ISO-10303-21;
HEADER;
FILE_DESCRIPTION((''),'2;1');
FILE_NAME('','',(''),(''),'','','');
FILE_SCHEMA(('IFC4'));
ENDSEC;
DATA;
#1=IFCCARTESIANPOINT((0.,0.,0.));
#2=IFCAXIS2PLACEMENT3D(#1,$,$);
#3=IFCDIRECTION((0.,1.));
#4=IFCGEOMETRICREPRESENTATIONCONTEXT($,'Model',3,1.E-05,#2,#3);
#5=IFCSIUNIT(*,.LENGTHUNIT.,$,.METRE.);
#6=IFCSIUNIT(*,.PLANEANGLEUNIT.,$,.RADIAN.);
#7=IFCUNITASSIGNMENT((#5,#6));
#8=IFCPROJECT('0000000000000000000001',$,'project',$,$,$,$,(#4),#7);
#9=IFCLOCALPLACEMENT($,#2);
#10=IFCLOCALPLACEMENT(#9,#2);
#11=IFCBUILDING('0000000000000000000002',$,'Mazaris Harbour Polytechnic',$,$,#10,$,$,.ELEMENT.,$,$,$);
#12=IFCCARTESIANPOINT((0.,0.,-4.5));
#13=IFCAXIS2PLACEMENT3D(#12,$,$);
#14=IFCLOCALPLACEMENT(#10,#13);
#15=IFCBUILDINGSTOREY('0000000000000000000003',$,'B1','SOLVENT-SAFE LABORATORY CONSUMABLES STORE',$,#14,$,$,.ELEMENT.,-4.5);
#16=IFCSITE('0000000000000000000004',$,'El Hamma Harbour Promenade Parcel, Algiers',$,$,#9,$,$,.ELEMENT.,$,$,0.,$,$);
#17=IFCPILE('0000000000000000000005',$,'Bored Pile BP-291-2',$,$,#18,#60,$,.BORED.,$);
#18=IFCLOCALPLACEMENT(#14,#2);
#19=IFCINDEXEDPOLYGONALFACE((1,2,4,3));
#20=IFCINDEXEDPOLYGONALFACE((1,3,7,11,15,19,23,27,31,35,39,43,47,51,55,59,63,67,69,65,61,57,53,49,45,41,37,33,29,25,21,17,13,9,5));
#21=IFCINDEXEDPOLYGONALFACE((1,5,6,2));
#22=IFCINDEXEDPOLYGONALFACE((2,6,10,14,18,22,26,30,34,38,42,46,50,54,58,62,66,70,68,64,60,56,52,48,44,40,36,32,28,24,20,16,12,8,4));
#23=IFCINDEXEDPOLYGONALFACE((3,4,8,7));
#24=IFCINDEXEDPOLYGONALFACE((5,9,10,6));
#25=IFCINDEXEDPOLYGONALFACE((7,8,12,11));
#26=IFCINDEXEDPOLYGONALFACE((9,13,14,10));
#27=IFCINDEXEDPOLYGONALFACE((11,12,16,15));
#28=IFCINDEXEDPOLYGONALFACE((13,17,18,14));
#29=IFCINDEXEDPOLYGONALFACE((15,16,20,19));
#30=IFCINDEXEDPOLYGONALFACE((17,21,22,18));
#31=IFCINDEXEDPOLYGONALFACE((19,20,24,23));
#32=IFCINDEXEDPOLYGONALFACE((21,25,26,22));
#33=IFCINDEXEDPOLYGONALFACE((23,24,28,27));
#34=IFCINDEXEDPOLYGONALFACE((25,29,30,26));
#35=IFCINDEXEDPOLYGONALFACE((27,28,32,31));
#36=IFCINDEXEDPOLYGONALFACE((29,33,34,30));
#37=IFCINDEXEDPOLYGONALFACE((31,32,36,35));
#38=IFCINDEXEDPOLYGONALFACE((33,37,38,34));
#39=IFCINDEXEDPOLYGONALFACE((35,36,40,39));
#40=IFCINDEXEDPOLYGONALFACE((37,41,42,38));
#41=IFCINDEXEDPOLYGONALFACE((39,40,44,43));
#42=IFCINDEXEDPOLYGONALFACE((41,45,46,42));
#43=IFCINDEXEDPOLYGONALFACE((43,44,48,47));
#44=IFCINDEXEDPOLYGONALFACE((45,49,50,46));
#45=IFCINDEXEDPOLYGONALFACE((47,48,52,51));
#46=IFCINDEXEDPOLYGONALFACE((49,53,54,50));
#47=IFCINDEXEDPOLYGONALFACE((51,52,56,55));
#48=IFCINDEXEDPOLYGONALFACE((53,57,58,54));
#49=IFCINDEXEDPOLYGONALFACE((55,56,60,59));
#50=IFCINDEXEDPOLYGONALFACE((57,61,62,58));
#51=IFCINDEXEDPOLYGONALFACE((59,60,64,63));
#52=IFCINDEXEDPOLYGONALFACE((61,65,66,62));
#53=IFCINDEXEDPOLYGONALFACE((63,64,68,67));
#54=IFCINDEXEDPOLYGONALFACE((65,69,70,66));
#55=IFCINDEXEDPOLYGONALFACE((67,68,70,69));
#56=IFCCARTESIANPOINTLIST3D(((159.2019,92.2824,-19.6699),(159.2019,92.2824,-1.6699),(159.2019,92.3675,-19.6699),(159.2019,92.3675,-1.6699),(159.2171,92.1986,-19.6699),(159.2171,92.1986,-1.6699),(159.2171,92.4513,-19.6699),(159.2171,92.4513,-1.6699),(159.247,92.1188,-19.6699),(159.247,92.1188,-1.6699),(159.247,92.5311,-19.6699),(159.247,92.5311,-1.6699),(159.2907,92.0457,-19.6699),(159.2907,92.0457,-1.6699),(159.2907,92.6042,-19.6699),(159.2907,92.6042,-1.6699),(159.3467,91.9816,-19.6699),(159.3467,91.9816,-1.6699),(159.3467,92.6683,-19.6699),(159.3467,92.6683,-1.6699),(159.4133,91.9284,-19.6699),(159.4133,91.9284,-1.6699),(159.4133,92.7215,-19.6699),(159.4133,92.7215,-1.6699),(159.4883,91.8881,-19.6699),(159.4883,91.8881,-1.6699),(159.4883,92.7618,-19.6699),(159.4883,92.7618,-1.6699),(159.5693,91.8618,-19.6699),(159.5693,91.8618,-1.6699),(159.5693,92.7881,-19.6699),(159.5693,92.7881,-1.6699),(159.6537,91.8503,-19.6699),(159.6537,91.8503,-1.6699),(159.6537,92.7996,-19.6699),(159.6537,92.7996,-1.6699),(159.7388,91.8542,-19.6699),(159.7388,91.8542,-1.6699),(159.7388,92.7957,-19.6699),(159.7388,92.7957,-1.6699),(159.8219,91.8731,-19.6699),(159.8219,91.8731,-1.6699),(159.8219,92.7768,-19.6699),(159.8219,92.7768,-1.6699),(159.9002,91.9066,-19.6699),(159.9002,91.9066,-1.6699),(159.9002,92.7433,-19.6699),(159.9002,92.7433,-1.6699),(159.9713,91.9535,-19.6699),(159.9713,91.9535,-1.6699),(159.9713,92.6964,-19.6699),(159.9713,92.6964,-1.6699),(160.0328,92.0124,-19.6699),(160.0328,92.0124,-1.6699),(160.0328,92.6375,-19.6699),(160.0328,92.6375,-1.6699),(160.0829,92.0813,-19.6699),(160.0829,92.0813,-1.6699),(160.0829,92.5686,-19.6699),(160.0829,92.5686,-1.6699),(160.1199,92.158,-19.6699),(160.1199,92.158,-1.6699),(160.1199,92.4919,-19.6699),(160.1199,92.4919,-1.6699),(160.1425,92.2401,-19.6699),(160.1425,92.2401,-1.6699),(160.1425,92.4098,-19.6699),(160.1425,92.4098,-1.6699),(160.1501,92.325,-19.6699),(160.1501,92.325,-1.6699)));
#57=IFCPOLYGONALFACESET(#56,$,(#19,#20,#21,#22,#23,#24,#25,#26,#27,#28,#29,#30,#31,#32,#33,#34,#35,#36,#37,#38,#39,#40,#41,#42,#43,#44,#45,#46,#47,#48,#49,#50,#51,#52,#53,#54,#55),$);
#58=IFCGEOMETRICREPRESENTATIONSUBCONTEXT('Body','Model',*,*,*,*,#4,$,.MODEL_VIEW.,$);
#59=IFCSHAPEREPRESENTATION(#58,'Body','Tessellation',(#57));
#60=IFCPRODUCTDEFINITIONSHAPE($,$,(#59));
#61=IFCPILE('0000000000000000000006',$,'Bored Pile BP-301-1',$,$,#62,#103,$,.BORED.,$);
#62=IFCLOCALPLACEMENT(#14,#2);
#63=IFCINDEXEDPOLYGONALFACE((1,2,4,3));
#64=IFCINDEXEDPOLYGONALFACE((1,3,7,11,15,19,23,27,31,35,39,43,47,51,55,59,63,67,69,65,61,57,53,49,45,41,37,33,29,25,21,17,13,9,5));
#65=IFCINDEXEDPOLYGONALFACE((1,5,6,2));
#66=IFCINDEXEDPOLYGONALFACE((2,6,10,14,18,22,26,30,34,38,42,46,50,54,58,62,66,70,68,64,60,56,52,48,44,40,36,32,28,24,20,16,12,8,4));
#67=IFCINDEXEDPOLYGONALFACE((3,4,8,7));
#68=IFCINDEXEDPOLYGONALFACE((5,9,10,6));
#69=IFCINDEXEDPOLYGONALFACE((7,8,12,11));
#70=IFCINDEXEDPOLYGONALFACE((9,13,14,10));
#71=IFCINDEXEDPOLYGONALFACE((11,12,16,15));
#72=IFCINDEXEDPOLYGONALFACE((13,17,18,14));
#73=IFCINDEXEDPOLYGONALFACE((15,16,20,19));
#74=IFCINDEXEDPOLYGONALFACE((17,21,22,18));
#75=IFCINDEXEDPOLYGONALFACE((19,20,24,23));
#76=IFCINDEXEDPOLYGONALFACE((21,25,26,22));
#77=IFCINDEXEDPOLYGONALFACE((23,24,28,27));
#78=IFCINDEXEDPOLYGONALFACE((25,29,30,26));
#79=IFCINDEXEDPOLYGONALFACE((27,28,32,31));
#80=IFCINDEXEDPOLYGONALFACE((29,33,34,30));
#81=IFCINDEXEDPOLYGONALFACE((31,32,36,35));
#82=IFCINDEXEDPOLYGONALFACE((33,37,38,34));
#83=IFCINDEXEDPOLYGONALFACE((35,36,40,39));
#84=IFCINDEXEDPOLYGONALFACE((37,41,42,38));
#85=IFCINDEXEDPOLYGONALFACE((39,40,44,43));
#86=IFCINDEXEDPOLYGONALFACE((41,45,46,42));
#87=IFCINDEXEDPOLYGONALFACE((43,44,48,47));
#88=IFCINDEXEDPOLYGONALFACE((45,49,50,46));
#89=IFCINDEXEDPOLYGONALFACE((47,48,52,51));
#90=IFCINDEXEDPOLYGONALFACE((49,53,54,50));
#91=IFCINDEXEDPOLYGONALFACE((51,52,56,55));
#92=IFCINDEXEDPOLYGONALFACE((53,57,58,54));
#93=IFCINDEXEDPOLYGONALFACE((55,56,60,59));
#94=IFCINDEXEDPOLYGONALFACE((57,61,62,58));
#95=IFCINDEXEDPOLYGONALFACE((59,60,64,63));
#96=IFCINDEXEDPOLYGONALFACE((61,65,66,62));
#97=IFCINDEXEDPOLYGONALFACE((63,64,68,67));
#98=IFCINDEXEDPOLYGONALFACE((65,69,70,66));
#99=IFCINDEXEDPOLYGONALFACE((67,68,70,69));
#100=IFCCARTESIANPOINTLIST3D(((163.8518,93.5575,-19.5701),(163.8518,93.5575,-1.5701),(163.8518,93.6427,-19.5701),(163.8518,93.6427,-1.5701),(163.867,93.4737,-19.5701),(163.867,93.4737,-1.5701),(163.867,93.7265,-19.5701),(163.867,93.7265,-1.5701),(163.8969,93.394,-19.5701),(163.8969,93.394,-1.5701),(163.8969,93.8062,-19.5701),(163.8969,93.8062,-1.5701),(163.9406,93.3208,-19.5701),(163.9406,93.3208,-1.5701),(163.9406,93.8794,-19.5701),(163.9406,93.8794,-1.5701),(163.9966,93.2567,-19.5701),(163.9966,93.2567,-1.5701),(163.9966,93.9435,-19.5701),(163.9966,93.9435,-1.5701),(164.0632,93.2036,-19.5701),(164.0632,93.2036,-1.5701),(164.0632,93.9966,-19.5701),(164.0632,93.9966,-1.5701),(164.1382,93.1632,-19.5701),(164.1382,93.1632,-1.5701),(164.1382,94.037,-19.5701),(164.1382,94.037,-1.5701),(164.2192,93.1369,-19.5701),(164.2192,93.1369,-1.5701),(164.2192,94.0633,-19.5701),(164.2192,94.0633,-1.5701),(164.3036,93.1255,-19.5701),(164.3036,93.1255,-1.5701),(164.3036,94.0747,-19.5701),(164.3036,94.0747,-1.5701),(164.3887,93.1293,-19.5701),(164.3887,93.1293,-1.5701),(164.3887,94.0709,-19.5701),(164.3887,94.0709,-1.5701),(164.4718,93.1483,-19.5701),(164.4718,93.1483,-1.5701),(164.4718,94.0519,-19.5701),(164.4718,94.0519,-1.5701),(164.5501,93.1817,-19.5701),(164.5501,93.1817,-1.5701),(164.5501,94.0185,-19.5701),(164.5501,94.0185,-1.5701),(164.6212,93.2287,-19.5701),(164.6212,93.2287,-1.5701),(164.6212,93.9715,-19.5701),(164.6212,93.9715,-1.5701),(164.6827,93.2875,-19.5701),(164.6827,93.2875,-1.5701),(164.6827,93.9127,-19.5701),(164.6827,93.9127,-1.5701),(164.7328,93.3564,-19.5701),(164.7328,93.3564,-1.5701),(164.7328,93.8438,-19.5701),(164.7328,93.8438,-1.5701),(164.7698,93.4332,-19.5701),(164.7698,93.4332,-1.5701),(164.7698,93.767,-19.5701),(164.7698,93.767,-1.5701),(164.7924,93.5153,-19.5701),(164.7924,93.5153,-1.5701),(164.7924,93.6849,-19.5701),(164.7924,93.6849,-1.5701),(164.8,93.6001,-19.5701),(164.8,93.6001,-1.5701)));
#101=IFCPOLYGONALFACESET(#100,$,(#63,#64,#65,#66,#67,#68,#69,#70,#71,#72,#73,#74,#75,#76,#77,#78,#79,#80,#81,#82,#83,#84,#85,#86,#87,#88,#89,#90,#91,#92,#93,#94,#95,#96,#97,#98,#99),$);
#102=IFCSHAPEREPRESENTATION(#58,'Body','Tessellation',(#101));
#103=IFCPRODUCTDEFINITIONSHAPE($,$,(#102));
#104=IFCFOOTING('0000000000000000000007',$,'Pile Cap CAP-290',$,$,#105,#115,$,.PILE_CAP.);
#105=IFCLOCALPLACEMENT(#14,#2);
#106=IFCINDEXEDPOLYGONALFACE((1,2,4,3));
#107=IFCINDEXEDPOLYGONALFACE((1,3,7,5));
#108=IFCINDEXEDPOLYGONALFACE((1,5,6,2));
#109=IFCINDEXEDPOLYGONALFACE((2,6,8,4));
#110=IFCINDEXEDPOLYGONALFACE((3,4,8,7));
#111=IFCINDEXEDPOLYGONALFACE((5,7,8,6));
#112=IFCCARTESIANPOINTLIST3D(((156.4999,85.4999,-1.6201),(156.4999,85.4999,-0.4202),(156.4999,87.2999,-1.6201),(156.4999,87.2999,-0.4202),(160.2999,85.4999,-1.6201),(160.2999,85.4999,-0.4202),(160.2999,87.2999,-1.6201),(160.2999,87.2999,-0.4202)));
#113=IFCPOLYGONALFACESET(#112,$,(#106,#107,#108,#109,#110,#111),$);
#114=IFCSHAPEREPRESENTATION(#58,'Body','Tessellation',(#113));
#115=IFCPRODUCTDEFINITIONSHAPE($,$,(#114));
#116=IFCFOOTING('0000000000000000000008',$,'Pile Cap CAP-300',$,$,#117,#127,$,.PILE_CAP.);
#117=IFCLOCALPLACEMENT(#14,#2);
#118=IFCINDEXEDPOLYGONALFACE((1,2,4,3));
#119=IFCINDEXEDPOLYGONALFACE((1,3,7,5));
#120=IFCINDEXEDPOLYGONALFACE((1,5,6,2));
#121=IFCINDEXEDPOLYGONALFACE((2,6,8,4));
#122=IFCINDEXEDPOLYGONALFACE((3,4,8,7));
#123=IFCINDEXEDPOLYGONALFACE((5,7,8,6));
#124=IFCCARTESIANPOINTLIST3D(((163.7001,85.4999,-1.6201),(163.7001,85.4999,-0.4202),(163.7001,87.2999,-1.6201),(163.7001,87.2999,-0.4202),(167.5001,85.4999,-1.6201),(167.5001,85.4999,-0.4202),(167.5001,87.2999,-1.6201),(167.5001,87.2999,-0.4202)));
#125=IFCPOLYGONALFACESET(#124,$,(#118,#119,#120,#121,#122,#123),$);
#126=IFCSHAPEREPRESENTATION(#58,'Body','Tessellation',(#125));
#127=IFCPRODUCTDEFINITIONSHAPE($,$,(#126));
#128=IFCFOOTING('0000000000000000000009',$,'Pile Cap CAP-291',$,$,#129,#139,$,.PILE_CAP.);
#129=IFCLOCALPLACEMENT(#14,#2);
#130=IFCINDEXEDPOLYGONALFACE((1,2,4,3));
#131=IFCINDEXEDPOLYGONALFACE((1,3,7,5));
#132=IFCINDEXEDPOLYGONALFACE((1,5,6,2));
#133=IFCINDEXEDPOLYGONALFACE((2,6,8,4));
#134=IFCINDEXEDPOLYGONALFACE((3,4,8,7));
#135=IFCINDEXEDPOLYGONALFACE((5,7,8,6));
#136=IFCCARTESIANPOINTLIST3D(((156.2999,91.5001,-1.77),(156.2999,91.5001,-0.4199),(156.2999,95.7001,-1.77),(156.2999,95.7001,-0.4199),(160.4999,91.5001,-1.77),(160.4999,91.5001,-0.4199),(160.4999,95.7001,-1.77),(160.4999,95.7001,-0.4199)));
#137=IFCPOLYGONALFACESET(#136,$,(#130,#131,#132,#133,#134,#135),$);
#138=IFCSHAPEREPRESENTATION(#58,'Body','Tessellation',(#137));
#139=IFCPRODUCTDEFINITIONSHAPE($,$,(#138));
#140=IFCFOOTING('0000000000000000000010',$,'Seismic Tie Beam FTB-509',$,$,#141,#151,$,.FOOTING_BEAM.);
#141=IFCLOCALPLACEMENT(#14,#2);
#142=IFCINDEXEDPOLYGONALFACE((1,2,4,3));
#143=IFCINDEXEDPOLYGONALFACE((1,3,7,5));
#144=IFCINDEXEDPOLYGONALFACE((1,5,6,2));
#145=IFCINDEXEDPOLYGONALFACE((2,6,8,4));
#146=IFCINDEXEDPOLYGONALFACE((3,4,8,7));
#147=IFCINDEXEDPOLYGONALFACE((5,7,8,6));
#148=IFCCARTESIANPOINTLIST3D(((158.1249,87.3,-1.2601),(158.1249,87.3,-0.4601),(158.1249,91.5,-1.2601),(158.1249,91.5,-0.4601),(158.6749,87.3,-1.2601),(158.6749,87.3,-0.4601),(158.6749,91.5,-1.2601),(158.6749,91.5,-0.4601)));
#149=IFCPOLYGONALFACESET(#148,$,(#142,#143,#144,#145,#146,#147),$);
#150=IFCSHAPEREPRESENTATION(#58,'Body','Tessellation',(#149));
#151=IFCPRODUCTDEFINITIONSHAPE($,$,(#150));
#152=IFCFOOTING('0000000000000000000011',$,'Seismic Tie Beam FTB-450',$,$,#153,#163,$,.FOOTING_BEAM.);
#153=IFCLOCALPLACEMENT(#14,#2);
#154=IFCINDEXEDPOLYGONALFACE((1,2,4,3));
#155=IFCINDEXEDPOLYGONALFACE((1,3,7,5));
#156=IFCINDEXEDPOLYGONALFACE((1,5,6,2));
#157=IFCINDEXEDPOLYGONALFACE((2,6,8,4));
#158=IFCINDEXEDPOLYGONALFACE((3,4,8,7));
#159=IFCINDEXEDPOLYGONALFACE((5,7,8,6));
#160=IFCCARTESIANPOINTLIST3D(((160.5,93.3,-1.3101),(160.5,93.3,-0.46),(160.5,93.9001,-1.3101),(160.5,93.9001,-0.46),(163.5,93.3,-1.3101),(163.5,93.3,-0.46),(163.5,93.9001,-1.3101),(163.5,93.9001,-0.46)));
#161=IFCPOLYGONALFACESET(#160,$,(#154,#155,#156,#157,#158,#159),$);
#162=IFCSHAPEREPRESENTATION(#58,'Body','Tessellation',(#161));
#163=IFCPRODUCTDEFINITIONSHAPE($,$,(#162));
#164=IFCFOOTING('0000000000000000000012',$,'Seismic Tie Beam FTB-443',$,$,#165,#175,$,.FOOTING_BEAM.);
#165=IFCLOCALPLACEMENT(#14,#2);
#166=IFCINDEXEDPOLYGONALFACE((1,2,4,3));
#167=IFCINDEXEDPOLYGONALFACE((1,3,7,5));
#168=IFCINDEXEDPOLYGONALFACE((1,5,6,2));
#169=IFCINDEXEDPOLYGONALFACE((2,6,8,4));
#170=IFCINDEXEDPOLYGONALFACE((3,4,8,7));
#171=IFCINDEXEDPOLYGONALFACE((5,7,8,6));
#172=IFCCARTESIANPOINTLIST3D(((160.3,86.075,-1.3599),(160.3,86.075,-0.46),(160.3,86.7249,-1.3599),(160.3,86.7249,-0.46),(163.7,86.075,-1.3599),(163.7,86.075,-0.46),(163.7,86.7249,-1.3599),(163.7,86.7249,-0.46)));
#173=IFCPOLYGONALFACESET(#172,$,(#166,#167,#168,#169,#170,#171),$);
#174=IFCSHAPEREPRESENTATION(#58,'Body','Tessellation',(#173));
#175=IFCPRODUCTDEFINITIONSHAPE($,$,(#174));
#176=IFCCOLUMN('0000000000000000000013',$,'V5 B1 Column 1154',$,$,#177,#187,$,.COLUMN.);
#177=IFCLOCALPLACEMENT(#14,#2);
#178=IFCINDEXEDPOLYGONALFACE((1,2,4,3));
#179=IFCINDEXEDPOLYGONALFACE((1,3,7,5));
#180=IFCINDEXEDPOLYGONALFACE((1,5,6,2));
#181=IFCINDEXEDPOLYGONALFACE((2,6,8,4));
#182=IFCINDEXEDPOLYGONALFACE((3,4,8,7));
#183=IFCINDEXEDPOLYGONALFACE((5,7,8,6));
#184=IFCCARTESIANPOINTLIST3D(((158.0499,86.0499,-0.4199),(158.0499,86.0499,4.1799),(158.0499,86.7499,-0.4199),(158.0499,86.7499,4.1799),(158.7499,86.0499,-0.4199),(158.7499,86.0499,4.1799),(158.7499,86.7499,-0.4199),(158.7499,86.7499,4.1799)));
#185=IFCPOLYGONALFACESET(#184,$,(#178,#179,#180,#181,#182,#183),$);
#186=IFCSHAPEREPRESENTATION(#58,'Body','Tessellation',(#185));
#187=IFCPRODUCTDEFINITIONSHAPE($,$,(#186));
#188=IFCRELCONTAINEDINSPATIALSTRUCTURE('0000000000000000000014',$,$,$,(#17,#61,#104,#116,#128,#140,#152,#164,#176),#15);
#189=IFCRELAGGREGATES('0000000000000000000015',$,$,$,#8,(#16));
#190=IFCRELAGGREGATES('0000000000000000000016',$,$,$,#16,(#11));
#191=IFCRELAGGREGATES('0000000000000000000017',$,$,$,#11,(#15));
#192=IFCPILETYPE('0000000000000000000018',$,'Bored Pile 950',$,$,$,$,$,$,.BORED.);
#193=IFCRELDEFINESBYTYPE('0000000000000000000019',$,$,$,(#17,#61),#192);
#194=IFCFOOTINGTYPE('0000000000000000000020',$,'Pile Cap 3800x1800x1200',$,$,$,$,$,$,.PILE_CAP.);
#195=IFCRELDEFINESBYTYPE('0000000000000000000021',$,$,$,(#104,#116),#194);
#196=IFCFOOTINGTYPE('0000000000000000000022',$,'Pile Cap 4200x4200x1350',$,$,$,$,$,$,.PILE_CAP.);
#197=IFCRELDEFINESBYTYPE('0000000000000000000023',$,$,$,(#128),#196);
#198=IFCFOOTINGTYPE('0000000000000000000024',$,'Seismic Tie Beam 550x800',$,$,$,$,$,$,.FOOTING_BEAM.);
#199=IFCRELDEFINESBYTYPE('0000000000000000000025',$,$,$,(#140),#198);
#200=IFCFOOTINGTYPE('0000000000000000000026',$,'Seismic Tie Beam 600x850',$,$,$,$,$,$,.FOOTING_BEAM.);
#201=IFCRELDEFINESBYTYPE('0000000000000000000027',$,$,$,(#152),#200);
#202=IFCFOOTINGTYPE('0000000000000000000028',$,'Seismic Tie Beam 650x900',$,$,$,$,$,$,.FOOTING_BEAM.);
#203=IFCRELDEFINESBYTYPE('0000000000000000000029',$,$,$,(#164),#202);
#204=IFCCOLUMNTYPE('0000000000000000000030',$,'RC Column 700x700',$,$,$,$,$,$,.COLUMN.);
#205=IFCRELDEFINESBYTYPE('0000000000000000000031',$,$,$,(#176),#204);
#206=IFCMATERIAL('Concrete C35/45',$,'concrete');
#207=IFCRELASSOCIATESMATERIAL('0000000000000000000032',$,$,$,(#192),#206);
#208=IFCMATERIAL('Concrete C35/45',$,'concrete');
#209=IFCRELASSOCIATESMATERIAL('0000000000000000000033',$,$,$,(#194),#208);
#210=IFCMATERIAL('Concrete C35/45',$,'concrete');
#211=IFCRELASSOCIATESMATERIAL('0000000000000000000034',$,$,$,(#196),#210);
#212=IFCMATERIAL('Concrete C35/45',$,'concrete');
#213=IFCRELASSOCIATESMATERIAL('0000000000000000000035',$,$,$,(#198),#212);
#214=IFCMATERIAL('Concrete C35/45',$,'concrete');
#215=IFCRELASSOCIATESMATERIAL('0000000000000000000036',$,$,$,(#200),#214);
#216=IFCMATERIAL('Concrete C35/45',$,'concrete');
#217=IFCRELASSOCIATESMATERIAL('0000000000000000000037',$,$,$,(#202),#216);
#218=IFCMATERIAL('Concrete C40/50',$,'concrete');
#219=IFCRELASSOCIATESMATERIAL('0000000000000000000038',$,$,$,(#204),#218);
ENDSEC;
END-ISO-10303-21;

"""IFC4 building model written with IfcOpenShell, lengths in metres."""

from ifc_helpers import new_model, si_unit, direction, frame, origin, origin_2d, place, context, subcontext, project, spatial, rectangle, circle, extrude, material, material_profile, profile_set, type_object, element, save


model = new_model("IFC4")

# Units and contexts
model_context = context("Model", 3, precision=1e-05, world=origin(), true_north=direction((0.0, 1.0)))
body_context = subcontext(model_context, "Body", "Model", "MODEL_VIEW")
ifc_project = project(units=[si_unit("LENGTHUNIT", "METRE"), si_unit("PLANEANGLEUNIT", "RADIAN")], contexts=[model_context])

# Site, building, storey
site_placement = place(None, origin())
site = spatial("IfcSite", under=ifc_project, at=site_placement, Name="El Hamma Harbour Promenade Parcel, Algiers", CompositionType="ELEMENT", RefElevation=0.0)
building_placement = place(site_placement, origin())
building = spatial("IfcBuilding", under=site, at=building_placement, Name="Mazaris Harbour Polytechnic", CompositionType="ELEMENT")
storey_placement = place(building_placement, frame((0.0, 0.0, -4.5)))
storey = spatial("IfcBuildingStorey", under=building, at=storey_placement, Name="B1", Description="SOLVENT-SAFE LABORATORY CONSUMABLES STORE", CompositionType="ELEMENT", Elevation=-4.5)

# Piles
ifc_material_1 = material(Name="Concrete C35/45", Category="concrete")
ifc_material_profile_1 = material_profile(ifc_material_1, circle(Radius=0.4751, at=origin_2d()), Name="DIA950")
ifc_profile_set_1 = profile_set([ifc_material_profile_1], Name="Concrete C35/45")
pile_type_1 = type_object("IfcPileType", Name="Bored Pile 950", PredefinedType="BORED", material=ifc_profile_set_1)
for number, where, z_axis, x_axis, name in (
    (1, (159.675, 92.325, -1.6699), (0.0, 0.0, -1.0), (1.0, 0.0, 0.0), "Bored Pile BP-291-2"),
    (2, (164.325, 93.6001, -1.5701), (0.0, 0.0, -1.0), (1.0, 0.0, 0.0), "Bored Pile BP-301-1"),
):
    element("IfcPile", number, at=place(storey_placement, frame(where, z_axis=z_axis, x_axis=x_axis)), inside=storey, type_object=pile_type_1, Name=name, PredefinedType="BORED", context=body_context, shape_type="SweptSolid", body=[
        extrude(circle(Radius=0.4751, at=origin_2d()), origin(), (0.0, 0.0, 1.0), 18.0),
    ])

# Footings
ifc_material_2 = material(Name="Concrete C35/45", Category="concrete")
footing_type_1 = type_object("IfcFootingType", Name="Pile Cap 3800x1800x1200", PredefinedType="PILE_CAP", material=ifc_material_2)
for number, where, z_axis, x_axis, name in (
    (3, (158.3999, 86.3999, -1.6201), (0.0, 0.0, 1.0), (1.0, 0.0, 0.0), "Pile Cap CAP-290"),
    (4, (165.6001, 86.3999, -1.6201), (0.0, 0.0, 1.0), (1.0, 0.0, 0.0), "Pile Cap CAP-300"),
):
    element("IfcFooting", number, at=place(storey_placement, frame(where, z_axis=z_axis, x_axis=x_axis)), inside=storey, type_object=footing_type_1, Name=name, PredefinedType="PILE_CAP", context=body_context, shape_type="SweptSolid", body=[
        extrude(rectangle(XDim=3.8, YDim=1.8, at=origin_2d()), origin(), (0.0, 0.0, 1.0), 1.2),
    ])
ifc_material_3 = material(Name="Concrete C35/45", Category="concrete")
footing_type_2 = type_object("IfcFootingType", Name="Pile Cap 4200x4200x1350", PredefinedType="PILE_CAP", material=ifc_material_3)
footing_1_placement = place(storey_placement, frame((158.3999, 93.6001, -1.77), z_axis=(0.0, 0.0, 1.0), x_axis=(1.0, 0.0, 0.0)))
element("IfcFooting", 5, at=footing_1_placement, inside=storey, type_object=footing_type_2, Name="Pile Cap CAP-291", PredefinedType="PILE_CAP", context=body_context, shape_type="SweptSolid", body=[
    extrude(rectangle(XDim=4.2, YDim=4.2, at=origin_2d()), origin(), (0.0, 0.0, 1.0), 1.3501),
])
ifc_material_4 = material(Name="Concrete C35/45", Category="concrete")
ifc_material_profile_2 = material_profile(ifc_material_4, rectangle(XDim=0.55, YDim=0.8, at=origin_2d()), Name="RECT550x800")
ifc_profile_set_2 = profile_set([ifc_material_profile_2], Name="Concrete C35/45")
footing_type_3 = type_object("IfcFootingType", Name="Seismic Tie Beam 550x800", PredefinedType="FOOTING_BEAM", material=ifc_profile_set_2)
footing_2_placement = place(storey_placement, frame((158.3999, 87.3, -0.8601), z_axis=(0.0, 1.0, 0.0), x_axis=(-1.0, 0.0, 0.0)))
element("IfcFooting", 6, at=footing_2_placement, inside=storey, type_object=footing_type_3, Name="Seismic Tie Beam FTB-509", PredefinedType="FOOTING_BEAM", context=body_context, shape_type="SweptSolid", body=[
    extrude(rectangle(XDim=0.55, YDim=0.8, at=origin_2d()), origin(), (0.0, 0.0, 1.0), 4.2),
])
ifc_material_5 = material(Name="Concrete C35/45", Category="concrete")
ifc_material_profile_3 = material_profile(ifc_material_5, rectangle(XDim=0.6001, YDim=0.8501, at=origin_2d()), Name="RECT600x850")
ifc_profile_set_3 = profile_set([ifc_material_profile_3], Name="Concrete C35/45")
footing_type_4 = type_object("IfcFootingType", Name="Seismic Tie Beam 600x850", PredefinedType="FOOTING_BEAM", material=ifc_profile_set_3)
footing_3_placement = place(storey_placement, frame((160.5, 93.6001, -0.885), z_axis=(1.0, 0.0, 0.0), x_axis=(0.0, 1.0, 0.0)))
element("IfcFooting", 7, at=footing_3_placement, inside=storey, type_object=footing_type_4, Name="Seismic Tie Beam FTB-450", PredefinedType="FOOTING_BEAM", context=body_context, shape_type="SweptSolid", body=[
    extrude(rectangle(XDim=0.6001, YDim=0.8501, at=origin_2d()), origin(), (0.0, 0.0, 1.0), 3.0),
])
ifc_material_6 = material(Name="Concrete C35/45", Category="concrete")
ifc_material_profile_4 = material_profile(ifc_material_6, rectangle(XDim=0.6499, YDim=0.8999, at=origin_2d()), Name="RECT650x900")
ifc_profile_set_4 = profile_set([ifc_material_profile_4], Name="Concrete C35/45")
footing_type_5 = type_object("IfcFootingType", Name="Seismic Tie Beam 650x900", PredefinedType="FOOTING_BEAM", material=ifc_profile_set_4)
footing_4_placement = place(storey_placement, frame((160.3, 86.3999, -0.9099), z_axis=(1.0, 0.0, 0.0), x_axis=(0.0, 1.0, 0.0)))
element("IfcFooting", 8, at=footing_4_placement, inside=storey, type_object=footing_type_5, Name="Seismic Tie Beam FTB-443", PredefinedType="FOOTING_BEAM", context=body_context, shape_type="SweptSolid", body=[
    extrude(rectangle(XDim=0.6499, YDim=0.8999, at=origin_2d()), origin(), (0.0, 0.0, 1.0), 3.3999),
])

# Column
ifc_material_7 = material(Name="Concrete C40/50", Category="concrete")
ifc_material_profile_5 = material_profile(ifc_material_7, rectangle(XDim=0.7, YDim=0.7, at=origin_2d()), Name="RECT700x700")
ifc_profile_set_5 = profile_set([ifc_material_profile_5], Name="Concrete C40/50")
column_type_1 = type_object("IfcColumnType", Name="RC Column 700x700", PredefinedType="COLUMN", material=ifc_profile_set_5)
for number, where, z_axis, x_axis, name in (
    (9, (158.3999, 86.3999, -0.4199), (0.0, 0.0, 1.0), (1.0, 0.0, 0.0), "V5 B1 Column 1154"),
):
    element("IfcColumn", number, at=place(storey_placement, frame(where, z_axis=z_axis, x_axis=x_axis)), inside=storey, type_object=column_type_1, Name=name, PredefinedType="COLUMN", context=body_context, shape_type="SweptSolid", body=[
        extrude(rectangle(XDim=0.7, YDim=0.7, at=origin_2d()), origin(), (0.0, 0.0, 1.0), 4.5999),
    ])

save(model, "model.ifc")
